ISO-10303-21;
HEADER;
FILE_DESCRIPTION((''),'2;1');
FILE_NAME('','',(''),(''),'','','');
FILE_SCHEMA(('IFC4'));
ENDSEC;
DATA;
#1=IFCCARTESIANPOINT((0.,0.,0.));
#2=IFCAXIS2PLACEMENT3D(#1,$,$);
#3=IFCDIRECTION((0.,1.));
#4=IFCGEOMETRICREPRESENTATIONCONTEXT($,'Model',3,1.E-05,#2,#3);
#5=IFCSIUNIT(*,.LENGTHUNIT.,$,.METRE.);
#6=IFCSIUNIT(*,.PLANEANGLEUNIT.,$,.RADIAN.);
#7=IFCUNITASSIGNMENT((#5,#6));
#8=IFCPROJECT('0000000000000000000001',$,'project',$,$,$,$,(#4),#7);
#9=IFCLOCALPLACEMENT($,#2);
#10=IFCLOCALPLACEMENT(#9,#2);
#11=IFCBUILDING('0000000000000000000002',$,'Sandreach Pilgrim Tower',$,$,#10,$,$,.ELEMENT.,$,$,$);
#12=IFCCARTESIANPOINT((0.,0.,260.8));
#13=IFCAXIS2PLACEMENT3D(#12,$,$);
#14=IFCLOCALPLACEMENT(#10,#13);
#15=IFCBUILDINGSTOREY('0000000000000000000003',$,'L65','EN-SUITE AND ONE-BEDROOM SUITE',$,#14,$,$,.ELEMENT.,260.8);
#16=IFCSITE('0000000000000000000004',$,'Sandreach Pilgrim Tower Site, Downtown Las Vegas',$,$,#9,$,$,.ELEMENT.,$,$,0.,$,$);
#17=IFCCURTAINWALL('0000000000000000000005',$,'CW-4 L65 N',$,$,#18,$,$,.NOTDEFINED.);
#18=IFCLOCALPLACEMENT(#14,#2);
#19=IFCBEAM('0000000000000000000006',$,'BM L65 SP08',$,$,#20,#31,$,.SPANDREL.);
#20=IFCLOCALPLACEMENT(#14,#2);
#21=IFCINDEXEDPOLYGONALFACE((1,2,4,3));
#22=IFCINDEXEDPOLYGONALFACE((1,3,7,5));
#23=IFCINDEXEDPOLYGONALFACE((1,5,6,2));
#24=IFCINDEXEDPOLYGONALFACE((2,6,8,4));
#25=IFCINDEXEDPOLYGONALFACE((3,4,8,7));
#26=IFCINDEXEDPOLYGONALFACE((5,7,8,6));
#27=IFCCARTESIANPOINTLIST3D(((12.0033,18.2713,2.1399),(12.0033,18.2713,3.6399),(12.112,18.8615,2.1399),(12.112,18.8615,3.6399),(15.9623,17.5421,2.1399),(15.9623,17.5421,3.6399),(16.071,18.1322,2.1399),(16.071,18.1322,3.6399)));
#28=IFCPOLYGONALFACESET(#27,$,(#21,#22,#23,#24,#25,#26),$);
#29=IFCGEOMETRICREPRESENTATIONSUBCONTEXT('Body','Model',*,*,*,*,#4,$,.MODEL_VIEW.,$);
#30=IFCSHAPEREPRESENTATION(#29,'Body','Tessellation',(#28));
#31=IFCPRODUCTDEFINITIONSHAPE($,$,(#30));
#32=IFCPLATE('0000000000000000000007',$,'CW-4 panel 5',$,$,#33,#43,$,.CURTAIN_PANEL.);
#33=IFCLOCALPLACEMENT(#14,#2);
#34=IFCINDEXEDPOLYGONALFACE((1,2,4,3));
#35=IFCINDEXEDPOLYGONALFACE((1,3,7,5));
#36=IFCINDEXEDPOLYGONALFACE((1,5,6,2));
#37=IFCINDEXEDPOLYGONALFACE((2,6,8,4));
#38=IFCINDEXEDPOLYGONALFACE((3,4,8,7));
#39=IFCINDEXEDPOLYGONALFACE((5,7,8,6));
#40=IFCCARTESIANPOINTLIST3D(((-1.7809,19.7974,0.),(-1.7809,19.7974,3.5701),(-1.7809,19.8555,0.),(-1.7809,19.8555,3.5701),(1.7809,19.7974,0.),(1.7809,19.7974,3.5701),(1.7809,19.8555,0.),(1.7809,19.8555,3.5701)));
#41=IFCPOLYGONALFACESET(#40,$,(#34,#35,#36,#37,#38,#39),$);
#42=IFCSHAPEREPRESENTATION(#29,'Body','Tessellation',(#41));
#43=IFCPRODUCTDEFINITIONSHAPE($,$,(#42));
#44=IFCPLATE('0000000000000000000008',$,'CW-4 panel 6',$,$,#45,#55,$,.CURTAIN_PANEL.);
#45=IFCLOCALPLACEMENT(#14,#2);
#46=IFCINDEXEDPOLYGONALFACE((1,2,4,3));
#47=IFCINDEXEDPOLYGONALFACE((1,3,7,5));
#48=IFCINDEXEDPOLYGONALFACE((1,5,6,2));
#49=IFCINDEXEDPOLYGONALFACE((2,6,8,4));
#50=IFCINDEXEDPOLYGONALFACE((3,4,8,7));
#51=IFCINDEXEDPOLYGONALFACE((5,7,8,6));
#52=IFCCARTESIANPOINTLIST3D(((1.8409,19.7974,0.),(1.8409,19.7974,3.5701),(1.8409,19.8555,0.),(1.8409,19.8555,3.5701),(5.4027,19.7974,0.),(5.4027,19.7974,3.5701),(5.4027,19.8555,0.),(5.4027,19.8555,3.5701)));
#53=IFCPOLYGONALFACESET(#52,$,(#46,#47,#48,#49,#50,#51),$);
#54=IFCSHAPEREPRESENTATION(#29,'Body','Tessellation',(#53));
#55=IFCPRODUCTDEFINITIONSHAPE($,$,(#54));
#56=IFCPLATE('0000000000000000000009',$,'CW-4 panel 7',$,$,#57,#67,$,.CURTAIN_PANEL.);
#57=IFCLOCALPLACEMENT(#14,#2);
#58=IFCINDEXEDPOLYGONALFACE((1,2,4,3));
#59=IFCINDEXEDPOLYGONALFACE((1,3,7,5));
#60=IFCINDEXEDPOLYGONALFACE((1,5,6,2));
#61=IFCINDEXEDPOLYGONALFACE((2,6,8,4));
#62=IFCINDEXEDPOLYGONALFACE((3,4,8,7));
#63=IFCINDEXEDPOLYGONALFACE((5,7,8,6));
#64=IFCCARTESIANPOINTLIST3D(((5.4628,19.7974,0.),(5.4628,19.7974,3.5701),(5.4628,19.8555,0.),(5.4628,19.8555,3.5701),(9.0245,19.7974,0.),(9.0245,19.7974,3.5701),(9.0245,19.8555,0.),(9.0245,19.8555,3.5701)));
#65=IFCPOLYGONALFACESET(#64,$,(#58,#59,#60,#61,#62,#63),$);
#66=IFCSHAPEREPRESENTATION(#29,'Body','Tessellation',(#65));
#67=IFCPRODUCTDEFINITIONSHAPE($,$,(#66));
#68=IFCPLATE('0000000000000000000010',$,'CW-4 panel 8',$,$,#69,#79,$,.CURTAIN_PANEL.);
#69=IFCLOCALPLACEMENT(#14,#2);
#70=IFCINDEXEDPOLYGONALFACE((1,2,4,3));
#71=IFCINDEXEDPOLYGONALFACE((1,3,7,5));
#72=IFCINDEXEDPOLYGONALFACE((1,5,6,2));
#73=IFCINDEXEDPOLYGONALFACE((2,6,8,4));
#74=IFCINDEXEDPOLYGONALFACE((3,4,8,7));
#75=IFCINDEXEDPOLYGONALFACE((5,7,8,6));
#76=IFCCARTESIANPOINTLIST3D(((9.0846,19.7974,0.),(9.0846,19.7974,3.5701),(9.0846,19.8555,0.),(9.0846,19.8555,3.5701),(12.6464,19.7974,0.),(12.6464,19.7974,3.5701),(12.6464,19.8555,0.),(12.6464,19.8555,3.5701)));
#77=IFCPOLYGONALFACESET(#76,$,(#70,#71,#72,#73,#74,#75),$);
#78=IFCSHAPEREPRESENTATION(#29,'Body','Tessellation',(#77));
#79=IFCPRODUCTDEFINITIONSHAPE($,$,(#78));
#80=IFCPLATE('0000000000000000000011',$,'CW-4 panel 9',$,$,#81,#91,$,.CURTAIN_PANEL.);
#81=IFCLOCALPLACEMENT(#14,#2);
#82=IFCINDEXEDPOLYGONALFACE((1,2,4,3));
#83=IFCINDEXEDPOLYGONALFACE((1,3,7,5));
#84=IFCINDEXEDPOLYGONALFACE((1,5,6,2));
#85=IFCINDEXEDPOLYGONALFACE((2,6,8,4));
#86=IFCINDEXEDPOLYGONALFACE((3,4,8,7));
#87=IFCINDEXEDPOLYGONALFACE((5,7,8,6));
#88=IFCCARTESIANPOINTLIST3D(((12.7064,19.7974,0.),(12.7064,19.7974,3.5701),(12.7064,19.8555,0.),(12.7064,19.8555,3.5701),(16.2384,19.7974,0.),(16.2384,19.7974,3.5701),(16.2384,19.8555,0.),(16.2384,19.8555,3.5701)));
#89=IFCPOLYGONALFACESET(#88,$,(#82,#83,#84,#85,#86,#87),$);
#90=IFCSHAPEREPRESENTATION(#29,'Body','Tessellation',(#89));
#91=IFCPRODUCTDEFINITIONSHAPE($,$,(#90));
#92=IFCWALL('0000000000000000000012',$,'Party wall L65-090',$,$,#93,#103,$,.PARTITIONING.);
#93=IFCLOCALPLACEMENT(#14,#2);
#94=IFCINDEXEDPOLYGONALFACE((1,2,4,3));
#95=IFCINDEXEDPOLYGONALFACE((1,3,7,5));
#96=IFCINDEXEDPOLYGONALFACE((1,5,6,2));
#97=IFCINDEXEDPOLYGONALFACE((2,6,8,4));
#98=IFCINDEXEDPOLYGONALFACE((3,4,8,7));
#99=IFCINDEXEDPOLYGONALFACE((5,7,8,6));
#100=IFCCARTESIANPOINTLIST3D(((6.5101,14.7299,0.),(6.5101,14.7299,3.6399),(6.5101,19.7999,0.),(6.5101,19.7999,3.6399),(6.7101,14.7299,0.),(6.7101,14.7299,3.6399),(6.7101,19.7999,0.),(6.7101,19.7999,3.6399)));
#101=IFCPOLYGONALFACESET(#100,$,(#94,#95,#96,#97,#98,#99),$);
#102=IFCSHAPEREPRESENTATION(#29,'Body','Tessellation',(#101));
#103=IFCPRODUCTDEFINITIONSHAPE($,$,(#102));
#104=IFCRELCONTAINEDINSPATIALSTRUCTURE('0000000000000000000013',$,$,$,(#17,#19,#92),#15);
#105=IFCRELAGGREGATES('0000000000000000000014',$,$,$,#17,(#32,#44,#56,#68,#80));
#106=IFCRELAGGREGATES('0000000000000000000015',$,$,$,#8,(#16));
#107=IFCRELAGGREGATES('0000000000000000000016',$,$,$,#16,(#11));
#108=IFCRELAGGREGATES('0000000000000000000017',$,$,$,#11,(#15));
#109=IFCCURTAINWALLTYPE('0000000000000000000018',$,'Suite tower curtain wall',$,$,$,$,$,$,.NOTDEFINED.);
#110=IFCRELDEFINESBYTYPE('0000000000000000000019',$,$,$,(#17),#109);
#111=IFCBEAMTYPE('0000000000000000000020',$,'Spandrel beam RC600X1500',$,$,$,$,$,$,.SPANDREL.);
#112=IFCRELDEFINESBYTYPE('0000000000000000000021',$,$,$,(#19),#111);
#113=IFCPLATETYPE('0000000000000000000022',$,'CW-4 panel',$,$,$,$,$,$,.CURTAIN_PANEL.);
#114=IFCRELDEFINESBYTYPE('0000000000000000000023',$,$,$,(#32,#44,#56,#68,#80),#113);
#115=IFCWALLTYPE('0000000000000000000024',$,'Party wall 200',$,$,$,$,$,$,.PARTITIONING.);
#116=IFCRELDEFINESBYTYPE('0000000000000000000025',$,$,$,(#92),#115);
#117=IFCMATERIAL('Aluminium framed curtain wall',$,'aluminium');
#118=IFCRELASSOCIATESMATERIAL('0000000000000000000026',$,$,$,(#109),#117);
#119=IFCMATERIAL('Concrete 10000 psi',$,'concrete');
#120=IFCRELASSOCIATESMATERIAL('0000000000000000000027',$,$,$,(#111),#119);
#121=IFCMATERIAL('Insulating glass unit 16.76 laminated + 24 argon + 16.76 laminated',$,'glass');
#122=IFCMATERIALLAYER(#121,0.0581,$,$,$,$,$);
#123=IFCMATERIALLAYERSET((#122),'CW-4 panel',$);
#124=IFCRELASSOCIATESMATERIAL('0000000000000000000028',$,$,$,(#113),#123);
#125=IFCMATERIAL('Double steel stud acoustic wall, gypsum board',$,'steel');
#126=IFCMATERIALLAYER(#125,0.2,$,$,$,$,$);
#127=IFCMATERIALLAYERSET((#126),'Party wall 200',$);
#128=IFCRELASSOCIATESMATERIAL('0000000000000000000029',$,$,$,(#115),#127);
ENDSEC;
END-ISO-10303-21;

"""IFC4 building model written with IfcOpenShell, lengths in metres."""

from ifc_helpers import new_model, si_unit, direction, frame, frame_2d, origin, origin_2d, place, context, subcontext, project, spatial, rectangle, extrude, material, layer, layer_set, material_profile, profile_set, type_object, element, aggregate, save


model = new_model("IFC4")

# Units and contexts
model_context = context("Model", 3, precision=1e-05, world=origin(), true_north=direction((0.0, 1.0)))
body_context = subcontext(model_context, "Body", "Model", "MODEL_VIEW")
ifc_project = project(units=[si_unit("LENGTHUNIT", "METRE"), si_unit("PLANEANGLEUNIT", "RADIAN")], contexts=[model_context])

# Site, building, storey
site_placement = place(None, origin())
site = spatial("IfcSite", under=ifc_project, at=site_placement, Name="Sandreach Pilgrim Tower Site, Downtown Las Vegas", CompositionType="ELEMENT", RefElevation=0.0)
building_placement = place(site_placement, origin())
building = spatial("IfcBuilding", under=site, at=building_placement, Name="Sandreach Pilgrim Tower", CompositionType="ELEMENT")
storey_placement = place(building_placement, frame((0.0, 0.0, 260.8)))
storey = spatial("IfcBuildingStorey", under=building, at=storey_placement, Name="L65", Description="EN-SUITE AND ONE-BEDROOM SUITE", CompositionType="ELEMENT", Elevation=260.8)

# Curtain wall
ifc_material_1 = material(Name="Aluminium framed curtain wall", Category="aluminium")
curtain_wall_type = type_object("IfcCurtainWallType", Name="Suite tower curtain wall", PredefinedType="NOTDEFINED", material=ifc_material_1)
curtain_wall_placement = place(storey_placement, origin())
curtain_wall = element("IfcCurtainWall", 1, at=curtain_wall_placement, inside=storey, type_object=curtain_wall_type, Name="CW-4 L65 N", PredefinedType="NOTDEFINED")

# Beam
ifc_material_2 = material(Name="Concrete 10000 psi", Category="concrete")
ifc_material_profile_1 = material_profile(ifc_material_2, rectangle(XDim=0.6001, YDim=1.5, at=origin_2d()), Name="RC600X1500")
ifc_profile_set_1 = profile_set([ifc_material_profile_1], Name="Concrete 10000 psi")
beam_type_1 = type_object("IfcBeamType", Name="Spandrel beam RC600X1500", PredefinedType="SPANDREL", material=ifc_profile_set_1)
beam_1_placement = place(storey_placement, frame((12.0576, 18.5664, 2.8899), z_axis=(0.983455, -0.181153, 0.0), x_axis=(0.181153, 0.983455, 0.0)))
element("IfcBeam", 2, at=beam_1_placement, inside=storey, type_object=beam_type_1, Name="BM L65 SP08", PredefinedType="SPANDREL", context=body_context, shape_type="SweptSolid", body=[
    extrude(rectangle(XDim=0.6001, YDim=1.5, at=origin_2d()), origin(), (0.0, 0.0, 1.0), 4.0256),
])

# Plates
ifc_material_3 = material(Name="Insulating glass unit 16.76 laminated + 24 argon + 16.76 laminated", Category="glass")
ifc_layer_1 = layer(ifc_material_3, 0.0581)
ifc_layer_set_1 = layer_set([ifc_layer_1], Name="CW-4 panel")
plate_type = type_object("IfcPlateType", Name="CW-4 panel", PredefinedType="CURTAIN_PANEL", material=ifc_layer_set_1)
plate_1_placement = place(storey_placement, frame((0.0, 19.8264, 0.0), z_axis=(0.0, 0.0, 1.0), x_axis=(1.0, 0.0, 0.0)))
plate_1 = element("IfcPlate", 3, at=plate_1_placement, type_object=plate_type, Name="CW-4 panel 5", PredefinedType="CURTAIN_PANEL", context=body_context, shape_type="SweptSolid", body=[
    extrude(rectangle(XDim=3.5618, YDim=0.0581, at=origin_2d()), origin(), (0.0, 0.0, 1.0), 3.5701),
])
plate_2_placement = place(storey_placement, frame((3.6218, 19.8264, 0.0), z_axis=(0.0, 0.0, 1.0), x_axis=(1.0, 0.0, 0.0)))
plate_2 = element("IfcPlate", 4, at=plate_2_placement, type_object=plate_type, Name="CW-4 panel 6", PredefinedType="CURTAIN_PANEL", context=body_context, shape_type="SweptSolid", body=[
    extrude(rectangle(XDim=3.5618, YDim=0.0581, at=origin_2d()), origin(), (0.0, 0.0, 1.0), 3.5701),
])
plate_3_placement = place(storey_placement, frame((7.2437, 19.8264, 0.0), z_axis=(0.0, 0.0, 1.0), x_axis=(1.0, 0.0, 0.0)))
plate_3 = element("IfcPlate", 5, at=plate_3_placement, type_object=plate_type, Name="CW-4 panel 7", PredefinedType="CURTAIN_PANEL", context=body_context, shape_type="SweptSolid", body=[
    extrude(rectangle(XDim=3.5618, YDim=0.0581, at=origin_2d()), origin(), (0.0, 0.0, 1.0), 3.5701),
])
plate_4_placement = place(storey_placement, frame((10.8655, 19.8264, 0.0), z_axis=(0.0, 0.0, 1.0), x_axis=(1.0, 0.0, 0.0)))
plate_4 = element("IfcPlate", 6, at=plate_4_placement, type_object=plate_type, Name="CW-4 panel 8", PredefinedType="CURTAIN_PANEL", context=body_context, shape_type="SweptSolid", body=[
    extrude(rectangle(XDim=3.5618, YDim=0.0581, at=origin_2d()), origin(), (0.0, 0.0, 1.0), 3.5701),
])
plate_5_placement = place(storey_placement, frame((14.4724, 19.8264, 0.0), z_axis=(0.0, 0.0, 1.0), x_axis=(1.0, 0.0, 0.0)))
plate_5 = element("IfcPlate", 7, at=plate_5_placement, type_object=plate_type, Name="CW-4 panel 9", PredefinedType="CURTAIN_PANEL", context=body_context, shape_type="SweptSolid", body=[
    extrude(rectangle(XDim=3.532, YDim=0.0581, at=origin_2d()), origin(), (0.0, 0.0, 1.0), 3.5701),
])
aggregate(curtain_wall, [plate_1, plate_2, plate_3, plate_4, plate_5])

# Wall
ifc_material_4 = material(Name="Double steel stud acoustic wall, gypsum board", Category="steel")
ifc_layer_2 = layer(ifc_material_4, 0.2)
ifc_layer_set_2 = layer_set([ifc_layer_2], Name="Party wall 200")
wall_type = type_object("IfcWallType", Name="Party wall 200", PredefinedType="PARTITIONING", material=ifc_layer_set_2)
wall_placement = place(storey_placement, frame((6.6101, 19.8, 0.0), z_axis=(0.0, 0.0, 1.0), x_axis=(0.0, -1.0, 0.0)))
element("IfcWall", 8, at=wall_placement, inside=storey, type_object=wall_type, Name="Party wall L65-090", PredefinedType="PARTITIONING", context=body_context, shape_type="SweptSolid", body=[
    extrude(rectangle(XDim=5.0701, YDim=0.2, at=frame_2d((2.5352, 0.0))), origin(), (0.0, 0.0, 1.0), 3.6399),
])

save(model, "model.ifc")
